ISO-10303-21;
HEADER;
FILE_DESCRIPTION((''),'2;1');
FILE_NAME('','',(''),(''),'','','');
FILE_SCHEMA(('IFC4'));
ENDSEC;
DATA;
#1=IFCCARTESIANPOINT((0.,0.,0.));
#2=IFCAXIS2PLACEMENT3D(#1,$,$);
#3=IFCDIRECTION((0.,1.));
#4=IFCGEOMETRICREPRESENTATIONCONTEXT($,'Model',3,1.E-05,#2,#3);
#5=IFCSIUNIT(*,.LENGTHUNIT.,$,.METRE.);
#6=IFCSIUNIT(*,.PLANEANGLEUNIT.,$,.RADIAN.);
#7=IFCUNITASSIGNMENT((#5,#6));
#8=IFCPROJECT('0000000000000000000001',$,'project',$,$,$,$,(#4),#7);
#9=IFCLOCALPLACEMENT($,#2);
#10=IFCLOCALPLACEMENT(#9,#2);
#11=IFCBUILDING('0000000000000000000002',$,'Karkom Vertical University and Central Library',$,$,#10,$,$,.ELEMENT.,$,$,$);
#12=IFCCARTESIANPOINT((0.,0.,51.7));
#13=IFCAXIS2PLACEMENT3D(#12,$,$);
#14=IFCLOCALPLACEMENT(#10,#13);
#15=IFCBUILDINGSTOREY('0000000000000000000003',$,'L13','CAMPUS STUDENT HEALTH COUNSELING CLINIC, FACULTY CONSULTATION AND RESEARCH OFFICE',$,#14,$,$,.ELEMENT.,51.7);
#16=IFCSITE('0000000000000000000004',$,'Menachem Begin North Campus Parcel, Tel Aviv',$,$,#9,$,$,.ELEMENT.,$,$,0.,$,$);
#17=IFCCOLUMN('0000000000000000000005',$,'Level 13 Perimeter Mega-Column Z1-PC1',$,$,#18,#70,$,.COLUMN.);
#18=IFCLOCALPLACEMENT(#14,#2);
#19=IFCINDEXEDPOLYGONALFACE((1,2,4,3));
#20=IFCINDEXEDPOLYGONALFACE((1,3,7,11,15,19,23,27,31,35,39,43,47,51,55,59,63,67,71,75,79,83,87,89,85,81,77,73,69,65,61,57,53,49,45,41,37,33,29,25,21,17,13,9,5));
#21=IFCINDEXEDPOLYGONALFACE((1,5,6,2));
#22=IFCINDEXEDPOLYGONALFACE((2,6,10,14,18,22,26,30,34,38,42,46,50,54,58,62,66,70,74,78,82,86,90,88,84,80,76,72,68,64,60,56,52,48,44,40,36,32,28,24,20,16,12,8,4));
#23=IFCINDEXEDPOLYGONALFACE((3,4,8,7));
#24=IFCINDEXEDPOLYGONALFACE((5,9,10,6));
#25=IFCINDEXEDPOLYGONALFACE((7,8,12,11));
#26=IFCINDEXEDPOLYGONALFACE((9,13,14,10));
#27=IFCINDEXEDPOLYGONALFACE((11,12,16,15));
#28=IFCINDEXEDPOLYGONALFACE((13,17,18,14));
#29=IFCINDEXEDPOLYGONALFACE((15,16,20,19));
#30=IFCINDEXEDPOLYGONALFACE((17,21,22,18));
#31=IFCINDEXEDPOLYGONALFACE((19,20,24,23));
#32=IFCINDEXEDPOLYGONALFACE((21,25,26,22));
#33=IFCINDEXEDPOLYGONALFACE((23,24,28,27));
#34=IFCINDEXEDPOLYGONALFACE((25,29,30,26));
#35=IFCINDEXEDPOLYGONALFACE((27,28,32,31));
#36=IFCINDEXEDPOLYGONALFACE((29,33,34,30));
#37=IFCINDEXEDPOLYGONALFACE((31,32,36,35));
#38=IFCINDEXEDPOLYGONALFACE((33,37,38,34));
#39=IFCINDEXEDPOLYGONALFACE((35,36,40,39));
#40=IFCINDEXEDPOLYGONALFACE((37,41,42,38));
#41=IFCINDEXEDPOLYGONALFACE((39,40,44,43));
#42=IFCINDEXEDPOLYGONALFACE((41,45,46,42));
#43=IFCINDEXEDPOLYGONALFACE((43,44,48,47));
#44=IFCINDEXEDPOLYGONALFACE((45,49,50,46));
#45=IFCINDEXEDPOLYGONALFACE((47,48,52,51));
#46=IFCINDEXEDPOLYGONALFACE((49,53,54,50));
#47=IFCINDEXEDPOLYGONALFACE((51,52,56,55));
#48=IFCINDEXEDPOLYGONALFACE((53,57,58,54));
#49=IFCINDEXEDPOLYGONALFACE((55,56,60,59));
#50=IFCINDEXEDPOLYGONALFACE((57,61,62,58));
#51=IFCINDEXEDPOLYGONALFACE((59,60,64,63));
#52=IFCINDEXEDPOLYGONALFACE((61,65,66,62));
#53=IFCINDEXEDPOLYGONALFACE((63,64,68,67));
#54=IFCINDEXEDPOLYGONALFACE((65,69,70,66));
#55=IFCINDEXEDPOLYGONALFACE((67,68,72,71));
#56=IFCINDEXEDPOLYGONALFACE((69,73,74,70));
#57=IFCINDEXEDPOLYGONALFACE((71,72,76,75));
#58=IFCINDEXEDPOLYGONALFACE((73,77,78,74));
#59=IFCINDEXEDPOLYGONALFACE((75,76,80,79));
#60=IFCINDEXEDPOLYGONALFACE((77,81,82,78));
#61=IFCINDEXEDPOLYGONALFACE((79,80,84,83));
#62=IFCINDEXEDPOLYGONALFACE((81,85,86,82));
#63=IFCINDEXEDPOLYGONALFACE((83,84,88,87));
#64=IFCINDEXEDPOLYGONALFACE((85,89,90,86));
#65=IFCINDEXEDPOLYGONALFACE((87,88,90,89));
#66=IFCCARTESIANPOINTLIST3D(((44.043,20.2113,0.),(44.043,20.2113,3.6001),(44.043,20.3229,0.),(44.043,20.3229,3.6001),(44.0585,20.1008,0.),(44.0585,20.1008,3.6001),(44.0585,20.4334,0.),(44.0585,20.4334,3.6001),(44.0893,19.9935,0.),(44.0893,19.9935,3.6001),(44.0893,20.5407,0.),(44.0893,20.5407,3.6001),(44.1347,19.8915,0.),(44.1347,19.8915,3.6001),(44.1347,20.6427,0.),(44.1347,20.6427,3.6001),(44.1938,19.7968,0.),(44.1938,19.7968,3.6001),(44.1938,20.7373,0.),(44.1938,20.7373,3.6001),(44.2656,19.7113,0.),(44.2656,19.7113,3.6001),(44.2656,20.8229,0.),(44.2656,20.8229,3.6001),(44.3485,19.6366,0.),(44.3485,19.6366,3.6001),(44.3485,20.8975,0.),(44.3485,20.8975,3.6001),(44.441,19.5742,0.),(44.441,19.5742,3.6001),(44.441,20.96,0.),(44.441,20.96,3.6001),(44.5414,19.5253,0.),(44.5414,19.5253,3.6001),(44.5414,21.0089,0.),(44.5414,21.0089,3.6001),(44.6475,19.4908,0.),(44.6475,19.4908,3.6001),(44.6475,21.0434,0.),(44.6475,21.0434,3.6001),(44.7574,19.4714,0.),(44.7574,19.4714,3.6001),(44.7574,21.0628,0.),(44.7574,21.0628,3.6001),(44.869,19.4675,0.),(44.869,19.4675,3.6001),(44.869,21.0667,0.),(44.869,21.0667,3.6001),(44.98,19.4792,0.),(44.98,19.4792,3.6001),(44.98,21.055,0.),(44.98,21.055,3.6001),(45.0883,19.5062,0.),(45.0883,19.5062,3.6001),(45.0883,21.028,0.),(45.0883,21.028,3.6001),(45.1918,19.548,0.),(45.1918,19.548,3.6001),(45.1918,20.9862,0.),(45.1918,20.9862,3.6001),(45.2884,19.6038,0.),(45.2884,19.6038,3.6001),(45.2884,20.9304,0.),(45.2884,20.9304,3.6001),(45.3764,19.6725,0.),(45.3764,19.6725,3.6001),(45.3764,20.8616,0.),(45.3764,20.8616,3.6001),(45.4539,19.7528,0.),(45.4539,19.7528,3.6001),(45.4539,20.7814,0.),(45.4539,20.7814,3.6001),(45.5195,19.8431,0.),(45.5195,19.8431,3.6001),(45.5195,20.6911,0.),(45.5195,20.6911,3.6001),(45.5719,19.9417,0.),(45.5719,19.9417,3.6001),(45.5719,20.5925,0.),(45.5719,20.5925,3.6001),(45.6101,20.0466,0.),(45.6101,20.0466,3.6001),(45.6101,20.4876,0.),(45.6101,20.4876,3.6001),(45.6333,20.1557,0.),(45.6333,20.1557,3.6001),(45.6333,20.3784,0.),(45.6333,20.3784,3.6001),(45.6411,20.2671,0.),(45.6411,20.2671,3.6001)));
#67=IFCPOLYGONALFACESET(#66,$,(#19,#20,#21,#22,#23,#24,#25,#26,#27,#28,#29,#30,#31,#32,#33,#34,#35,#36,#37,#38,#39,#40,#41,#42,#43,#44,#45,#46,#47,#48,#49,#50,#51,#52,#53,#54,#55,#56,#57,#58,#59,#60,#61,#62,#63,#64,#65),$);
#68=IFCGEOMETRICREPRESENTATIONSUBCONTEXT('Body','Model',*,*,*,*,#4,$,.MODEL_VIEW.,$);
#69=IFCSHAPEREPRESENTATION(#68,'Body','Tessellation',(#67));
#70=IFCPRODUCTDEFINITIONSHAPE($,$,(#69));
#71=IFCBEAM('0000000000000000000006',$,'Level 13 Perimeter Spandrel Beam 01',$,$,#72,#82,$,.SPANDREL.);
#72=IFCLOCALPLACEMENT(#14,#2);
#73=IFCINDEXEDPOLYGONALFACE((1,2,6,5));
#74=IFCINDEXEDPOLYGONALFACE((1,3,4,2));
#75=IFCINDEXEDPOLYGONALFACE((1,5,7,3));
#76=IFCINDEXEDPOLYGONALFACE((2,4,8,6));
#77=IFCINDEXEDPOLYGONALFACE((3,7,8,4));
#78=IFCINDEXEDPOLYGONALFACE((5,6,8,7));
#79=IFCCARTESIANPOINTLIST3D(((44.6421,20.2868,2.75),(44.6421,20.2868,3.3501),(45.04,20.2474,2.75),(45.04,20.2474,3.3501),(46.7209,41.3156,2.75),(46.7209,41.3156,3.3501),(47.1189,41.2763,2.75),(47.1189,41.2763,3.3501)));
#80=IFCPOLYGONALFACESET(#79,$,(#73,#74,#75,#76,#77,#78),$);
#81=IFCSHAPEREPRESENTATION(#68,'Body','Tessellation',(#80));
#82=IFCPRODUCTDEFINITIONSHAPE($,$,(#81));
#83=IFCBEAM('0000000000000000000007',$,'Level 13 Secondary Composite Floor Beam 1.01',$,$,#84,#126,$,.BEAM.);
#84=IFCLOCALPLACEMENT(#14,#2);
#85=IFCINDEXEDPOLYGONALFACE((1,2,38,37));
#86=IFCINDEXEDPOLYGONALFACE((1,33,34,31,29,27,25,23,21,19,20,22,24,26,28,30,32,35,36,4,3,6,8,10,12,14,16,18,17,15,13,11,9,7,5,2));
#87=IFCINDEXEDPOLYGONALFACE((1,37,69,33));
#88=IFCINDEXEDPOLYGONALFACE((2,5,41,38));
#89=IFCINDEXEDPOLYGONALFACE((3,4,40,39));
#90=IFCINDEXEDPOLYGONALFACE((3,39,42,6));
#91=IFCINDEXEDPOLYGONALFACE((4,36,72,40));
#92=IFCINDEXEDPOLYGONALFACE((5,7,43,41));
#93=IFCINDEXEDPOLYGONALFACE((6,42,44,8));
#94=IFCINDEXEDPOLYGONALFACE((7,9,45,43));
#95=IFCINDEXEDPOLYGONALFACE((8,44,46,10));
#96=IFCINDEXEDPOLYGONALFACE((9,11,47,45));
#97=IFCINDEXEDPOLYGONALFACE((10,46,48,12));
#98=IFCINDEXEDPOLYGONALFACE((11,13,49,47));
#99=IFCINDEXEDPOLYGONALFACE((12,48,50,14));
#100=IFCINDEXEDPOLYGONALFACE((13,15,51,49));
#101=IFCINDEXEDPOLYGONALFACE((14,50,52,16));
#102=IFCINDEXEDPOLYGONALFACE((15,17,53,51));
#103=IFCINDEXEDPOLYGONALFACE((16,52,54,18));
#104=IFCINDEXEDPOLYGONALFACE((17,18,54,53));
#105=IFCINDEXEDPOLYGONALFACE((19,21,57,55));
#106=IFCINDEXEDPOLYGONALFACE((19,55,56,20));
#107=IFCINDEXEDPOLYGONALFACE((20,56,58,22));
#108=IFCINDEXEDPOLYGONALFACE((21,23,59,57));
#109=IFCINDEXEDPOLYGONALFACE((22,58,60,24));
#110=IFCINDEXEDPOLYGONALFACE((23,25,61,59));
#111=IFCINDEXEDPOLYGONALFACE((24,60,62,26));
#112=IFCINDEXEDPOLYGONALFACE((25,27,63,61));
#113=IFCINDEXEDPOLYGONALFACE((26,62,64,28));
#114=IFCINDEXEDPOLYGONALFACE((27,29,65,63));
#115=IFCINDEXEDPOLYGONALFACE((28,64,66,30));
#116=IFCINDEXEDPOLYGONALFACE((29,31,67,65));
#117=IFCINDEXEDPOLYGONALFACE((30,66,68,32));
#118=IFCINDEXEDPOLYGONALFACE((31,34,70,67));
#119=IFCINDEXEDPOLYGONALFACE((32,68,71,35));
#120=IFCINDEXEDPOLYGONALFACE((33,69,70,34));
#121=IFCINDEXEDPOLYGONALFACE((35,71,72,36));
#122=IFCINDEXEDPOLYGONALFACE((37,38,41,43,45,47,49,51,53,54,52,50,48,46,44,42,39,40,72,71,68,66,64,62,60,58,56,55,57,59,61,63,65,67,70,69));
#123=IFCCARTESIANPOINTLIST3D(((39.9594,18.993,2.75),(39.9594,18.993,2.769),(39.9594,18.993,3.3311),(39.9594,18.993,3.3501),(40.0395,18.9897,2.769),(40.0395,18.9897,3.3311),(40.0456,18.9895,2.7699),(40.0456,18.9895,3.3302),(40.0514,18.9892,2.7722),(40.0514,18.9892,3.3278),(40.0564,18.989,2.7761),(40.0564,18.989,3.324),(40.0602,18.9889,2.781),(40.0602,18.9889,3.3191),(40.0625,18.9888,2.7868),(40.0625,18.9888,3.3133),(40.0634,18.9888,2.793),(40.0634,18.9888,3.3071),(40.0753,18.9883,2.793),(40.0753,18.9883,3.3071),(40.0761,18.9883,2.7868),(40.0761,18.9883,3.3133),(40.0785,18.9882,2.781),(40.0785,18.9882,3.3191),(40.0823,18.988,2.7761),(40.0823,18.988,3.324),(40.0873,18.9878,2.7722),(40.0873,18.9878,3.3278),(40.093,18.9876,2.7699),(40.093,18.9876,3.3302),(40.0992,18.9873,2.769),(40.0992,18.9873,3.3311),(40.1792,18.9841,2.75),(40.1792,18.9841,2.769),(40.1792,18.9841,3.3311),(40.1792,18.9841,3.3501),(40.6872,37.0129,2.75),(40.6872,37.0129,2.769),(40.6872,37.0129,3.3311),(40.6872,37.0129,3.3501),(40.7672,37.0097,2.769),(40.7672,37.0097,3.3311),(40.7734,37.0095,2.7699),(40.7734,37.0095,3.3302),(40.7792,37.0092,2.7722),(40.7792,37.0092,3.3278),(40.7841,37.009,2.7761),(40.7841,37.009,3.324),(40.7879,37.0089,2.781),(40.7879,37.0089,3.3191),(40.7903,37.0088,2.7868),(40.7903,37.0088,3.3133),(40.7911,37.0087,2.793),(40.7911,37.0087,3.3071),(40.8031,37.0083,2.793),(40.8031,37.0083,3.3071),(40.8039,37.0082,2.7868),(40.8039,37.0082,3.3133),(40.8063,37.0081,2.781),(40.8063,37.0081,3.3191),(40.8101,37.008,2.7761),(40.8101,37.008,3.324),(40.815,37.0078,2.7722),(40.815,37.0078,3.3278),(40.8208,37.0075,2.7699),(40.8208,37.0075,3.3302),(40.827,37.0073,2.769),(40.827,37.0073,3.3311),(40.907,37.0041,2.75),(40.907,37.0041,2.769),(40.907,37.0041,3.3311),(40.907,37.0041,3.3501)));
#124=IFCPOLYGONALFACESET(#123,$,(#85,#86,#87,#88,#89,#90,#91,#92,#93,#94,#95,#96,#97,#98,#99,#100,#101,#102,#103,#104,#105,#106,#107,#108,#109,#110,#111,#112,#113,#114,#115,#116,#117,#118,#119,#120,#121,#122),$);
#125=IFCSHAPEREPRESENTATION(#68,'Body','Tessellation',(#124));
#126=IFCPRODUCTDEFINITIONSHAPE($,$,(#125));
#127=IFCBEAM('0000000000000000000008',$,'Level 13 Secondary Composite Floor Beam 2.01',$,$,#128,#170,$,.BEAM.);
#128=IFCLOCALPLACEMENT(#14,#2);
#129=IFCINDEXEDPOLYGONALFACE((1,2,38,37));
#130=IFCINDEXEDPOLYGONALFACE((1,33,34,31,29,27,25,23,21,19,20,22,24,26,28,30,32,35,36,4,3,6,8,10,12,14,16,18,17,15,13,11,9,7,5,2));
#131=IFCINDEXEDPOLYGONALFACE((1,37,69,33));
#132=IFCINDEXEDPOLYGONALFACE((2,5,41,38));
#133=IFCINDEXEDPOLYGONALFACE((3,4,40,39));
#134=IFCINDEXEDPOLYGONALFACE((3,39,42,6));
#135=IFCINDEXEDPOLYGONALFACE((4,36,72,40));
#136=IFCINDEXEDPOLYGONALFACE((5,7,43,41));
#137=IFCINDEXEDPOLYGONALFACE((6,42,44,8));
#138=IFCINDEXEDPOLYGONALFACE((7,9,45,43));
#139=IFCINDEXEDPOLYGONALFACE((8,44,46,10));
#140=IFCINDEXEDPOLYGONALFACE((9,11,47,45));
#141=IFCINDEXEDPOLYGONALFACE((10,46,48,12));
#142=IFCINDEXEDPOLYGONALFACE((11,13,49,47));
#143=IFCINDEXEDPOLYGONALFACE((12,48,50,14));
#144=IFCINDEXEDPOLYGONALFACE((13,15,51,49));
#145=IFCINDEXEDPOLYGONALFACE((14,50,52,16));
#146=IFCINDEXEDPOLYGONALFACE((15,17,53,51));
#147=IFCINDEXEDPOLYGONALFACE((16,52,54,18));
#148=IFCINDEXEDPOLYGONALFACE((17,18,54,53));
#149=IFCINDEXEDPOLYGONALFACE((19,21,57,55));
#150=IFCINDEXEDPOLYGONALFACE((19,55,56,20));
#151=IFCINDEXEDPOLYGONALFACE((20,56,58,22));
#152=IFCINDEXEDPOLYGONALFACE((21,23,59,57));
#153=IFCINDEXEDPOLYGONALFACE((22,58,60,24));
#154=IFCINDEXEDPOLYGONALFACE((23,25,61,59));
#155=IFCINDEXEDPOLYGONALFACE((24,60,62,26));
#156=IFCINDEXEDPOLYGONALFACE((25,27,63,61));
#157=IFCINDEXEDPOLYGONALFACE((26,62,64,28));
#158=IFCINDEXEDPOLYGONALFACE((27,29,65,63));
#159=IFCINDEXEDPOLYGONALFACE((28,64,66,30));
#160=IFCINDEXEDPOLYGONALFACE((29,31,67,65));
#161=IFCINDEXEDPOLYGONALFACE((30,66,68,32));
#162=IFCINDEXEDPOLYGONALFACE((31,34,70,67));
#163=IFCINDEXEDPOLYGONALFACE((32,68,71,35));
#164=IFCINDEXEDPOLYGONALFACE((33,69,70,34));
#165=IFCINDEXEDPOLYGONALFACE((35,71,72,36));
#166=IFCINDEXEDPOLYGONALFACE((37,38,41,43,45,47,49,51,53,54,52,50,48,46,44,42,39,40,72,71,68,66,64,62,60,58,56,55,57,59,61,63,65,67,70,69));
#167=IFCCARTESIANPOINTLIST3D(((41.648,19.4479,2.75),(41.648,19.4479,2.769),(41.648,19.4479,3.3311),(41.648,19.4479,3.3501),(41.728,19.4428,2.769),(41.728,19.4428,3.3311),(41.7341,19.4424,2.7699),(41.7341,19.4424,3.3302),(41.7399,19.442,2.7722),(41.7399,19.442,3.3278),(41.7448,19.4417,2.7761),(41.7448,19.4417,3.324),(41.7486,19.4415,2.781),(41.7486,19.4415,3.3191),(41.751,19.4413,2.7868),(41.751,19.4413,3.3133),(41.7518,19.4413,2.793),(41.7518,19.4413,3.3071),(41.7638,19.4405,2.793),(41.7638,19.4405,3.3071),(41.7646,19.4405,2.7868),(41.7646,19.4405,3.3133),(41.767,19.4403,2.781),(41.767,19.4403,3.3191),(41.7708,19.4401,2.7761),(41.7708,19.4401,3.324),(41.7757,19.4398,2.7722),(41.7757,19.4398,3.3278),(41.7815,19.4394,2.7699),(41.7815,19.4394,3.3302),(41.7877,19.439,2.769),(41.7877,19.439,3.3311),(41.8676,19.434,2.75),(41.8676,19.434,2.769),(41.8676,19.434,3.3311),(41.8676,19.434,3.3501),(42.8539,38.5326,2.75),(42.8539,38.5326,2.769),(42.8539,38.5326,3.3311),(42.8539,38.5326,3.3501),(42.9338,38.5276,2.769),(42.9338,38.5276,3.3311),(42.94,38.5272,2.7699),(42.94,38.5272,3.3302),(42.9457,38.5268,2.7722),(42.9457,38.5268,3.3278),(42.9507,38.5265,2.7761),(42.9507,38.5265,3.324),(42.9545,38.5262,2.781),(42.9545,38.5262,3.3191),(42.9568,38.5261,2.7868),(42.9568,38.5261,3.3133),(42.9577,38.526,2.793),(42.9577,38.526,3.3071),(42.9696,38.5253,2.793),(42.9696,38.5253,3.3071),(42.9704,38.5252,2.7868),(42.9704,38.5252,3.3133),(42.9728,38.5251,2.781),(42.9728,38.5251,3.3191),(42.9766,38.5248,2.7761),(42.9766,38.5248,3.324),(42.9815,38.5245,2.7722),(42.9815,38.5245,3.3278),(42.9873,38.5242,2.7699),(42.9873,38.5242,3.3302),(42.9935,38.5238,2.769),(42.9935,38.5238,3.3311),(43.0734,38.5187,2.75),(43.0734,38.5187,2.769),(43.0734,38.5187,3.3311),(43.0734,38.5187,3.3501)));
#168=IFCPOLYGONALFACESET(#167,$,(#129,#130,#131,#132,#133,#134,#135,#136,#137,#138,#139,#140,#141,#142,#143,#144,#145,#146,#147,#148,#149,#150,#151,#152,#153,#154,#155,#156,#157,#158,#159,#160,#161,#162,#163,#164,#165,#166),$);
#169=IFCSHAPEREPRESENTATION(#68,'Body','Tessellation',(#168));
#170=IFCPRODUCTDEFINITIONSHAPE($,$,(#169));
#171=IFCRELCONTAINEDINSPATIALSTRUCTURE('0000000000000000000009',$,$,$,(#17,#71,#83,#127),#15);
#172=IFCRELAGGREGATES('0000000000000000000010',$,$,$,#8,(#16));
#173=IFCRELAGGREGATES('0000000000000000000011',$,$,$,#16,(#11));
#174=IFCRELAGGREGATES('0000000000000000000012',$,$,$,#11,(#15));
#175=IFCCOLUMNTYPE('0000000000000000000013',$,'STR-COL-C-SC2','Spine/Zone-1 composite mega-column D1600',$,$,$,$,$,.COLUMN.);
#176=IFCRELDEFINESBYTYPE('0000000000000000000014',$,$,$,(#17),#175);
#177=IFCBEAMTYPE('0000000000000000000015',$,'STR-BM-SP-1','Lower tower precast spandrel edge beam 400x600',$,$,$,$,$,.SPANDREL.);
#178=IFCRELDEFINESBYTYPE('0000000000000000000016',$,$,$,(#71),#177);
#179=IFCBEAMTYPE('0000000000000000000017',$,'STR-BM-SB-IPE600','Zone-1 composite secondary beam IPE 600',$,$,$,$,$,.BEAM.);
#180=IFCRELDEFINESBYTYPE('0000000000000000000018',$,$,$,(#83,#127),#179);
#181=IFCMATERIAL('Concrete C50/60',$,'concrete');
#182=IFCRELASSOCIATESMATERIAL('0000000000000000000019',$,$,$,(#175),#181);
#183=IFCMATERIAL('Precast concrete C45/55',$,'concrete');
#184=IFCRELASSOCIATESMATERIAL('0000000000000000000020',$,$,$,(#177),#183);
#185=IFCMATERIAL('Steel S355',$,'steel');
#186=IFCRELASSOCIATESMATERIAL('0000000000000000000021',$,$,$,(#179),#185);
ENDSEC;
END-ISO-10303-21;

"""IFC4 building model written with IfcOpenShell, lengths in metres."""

from ifc_helpers import new_model, si_unit, direction, frame, origin, origin_with_axes, origin_2d, place, context, subcontext, project, spatial, rectangle, circle, i_section, extrude, source, transform, mapped, material, material_profile, profile_set, type_object, element, save


model = new_model("IFC4")

# Units and contexts
model_context = context("Model", 3, precision=1e-05, world=origin(), true_north=direction((0.0, 1.0)))
body_context = subcontext(model_context, "Body", "Model", "MODEL_VIEW")
ifc_project = project(units=[si_unit("LENGTHUNIT", "METRE"), si_unit("PLANEANGLEUNIT", "RADIAN")], contexts=[model_context])

# Site, building, storey
site_placement = place(None, origin())
site = spatial("IfcSite", under=ifc_project, at=site_placement, Name="Menachem Begin North Campus Parcel, Tel Aviv", CompositionType="ELEMENT", RefElevation=0.0)
building_placement = place(site_placement, origin())
building = spatial("IfcBuilding", under=site, at=building_placement, Name="Karkom Vertical University and Central Library", CompositionType="ELEMENT")
storey_placement = place(building_placement, frame((0.0, 0.0, 51.7)))
storey = spatial("IfcBuildingStorey", under=building, at=storey_placement, Name="L13", Description="CAMPUS STUDENT HEALTH COUNSELING CLINIC, FACULTY CONSULTATION AND RESEARCH OFFICE", CompositionType="ELEMENT", Elevation=51.7)

# Column
ifc_material_1 = material(Name="Concrete C50/60", Category="concrete")
ifc_material_profile_1 = material_profile(ifc_material_1, circle(Radius=0.8, at=origin_2d()), Name="CFT-D1600")
ifc_profile_set_1 = profile_set([ifc_material_profile_1], Name="Concrete C50/60")
column_type = type_object("IfcColumnType", Name="STR-COL-C-SC2", Description="Spine/Zone-1 composite mega-column D1600", PredefinedType="COLUMN", material=ifc_profile_set_1)
shared_shape_1 = source(origin_with_axes(), body_context, "Body", "SweptSolid", [
    extrude(circle(Radius=0.8, at=origin_2d()), origin(), (0.0, 0.0, 1.0), 3.6001),
])
column_placement = place(storey_placement, frame((44.8411, 20.2671, 0.0), z_axis=(0.0, 0.0, 1.0), x_axis=(1.0, 0.0, 0.0)))
element("IfcColumn", 1, at=column_placement, inside=storey, type_object=column_type, Name="Level 13 Perimeter Mega-Column Z1-PC1", PredefinedType="COLUMN", context=body_context, shape_type="MappedRepresentation", body=[
    mapped(shared_shape_1, transform((0.0, 0.0, 0.0), scale=1.0)),
])

# Beams
ifc_material_2 = material(Name="Precast concrete C45/55", Category="concrete")
ifc_material_profile_2 = material_profile(ifc_material_2, rectangle(XDim=0.3999, YDim=0.6001, at=origin_2d()), Name="SPB-400x600")
ifc_profile_set_2 = profile_set([ifc_material_profile_2], Name="Precast concrete C45/55")
beam_type_1 = type_object("IfcBeamType", Name="STR-BM-SP-1", Description="Lower tower precast spandrel edge beam 400x600", PredefinedType="SPANDREL", material=ifc_profile_set_2)
shared_shape_2 = source(origin_with_axes(), body_context, "Body", "SweptSolid", [
    extrude(rectangle(XDim=0.3999, YDim=0.6001, at=origin_2d()), origin(), (0.0, 0.0, 1.0), 21.1313),
])
beam_1_placement = place(storey_placement, frame((44.8411, 20.2671, 3.05), z_axis=(0.098378, 0.995149, 0.0), x_axis=(-0.995149, 0.098378, 0.0)))
element("IfcBeam", 2, at=beam_1_placement, inside=storey, type_object=beam_type_1, Name="Level 13 Perimeter Spandrel Beam 01", PredefinedType="SPANDREL", context=body_context, shape_type="MappedRepresentation", body=[
    mapped(shared_shape_2, transform((0.0, 0.0, 0.0), scale=1.0)),
])
ifc_material_3 = material(Name="Steel S355", Category="steel")
ifc_material_profile_3 = material_profile(ifc_material_3, i_section(OverallWidth=0.22, OverallDepth=0.6001, WebThickness=0.012, FlangeThickness=0.019, FilletRadius=0.0239, at=origin_2d()), Name="IPE 600")
ifc_profile_set_3 = profile_set([ifc_material_profile_3], Name="Steel S355")
beam_type_2 = type_object("IfcBeamType", Name="STR-BM-SB-IPE600", Description="Zone-1 composite secondary beam IPE 600", PredefinedType="BEAM", material=ifc_profile_set_3)
shared_shape_3 = source(origin_with_axes(), body_context, "Body", "SweptSolid", [
    extrude(i_section(OverallWidth=0.22, OverallDepth=0.6001, WebThickness=0.012, FlangeThickness=0.019, FilletRadius=0.0239, at=origin_2d()), origin(), (0.0, 0.0, 1.0), 18.0347),
])
beam_2_placement = place(storey_placement, frame((40.0693, 18.9885, 3.05), z_axis=(0.040355, 0.999185, 0.0), x_axis=(-0.999185, 0.040355, 0.0)))
element("IfcBeam", 3, at=beam_2_placement, inside=storey, type_object=beam_type_2, Name="Level 13 Secondary Composite Floor Beam 1.01", PredefinedType="BEAM", context=body_context, shape_type="MappedRepresentation", body=[
    mapped(shared_shape_3, transform((0.0, 0.0, 0.0), scale=1.0)),
])
shared_shape_4 = source(origin_with_axes(), body_context, "Body", "SweptSolid", [
    extrude(i_section(OverallWidth=0.22, OverallDepth=0.6001, WebThickness=0.012, FlangeThickness=0.019, FilletRadius=0.0239, at=origin_2d()), origin(), (0.0, 0.0, 1.0), 19.1228),
])
beam_3_placement = place(storey_placement, frame((41.7578, 19.4409, 3.05), z_axis=(0.063056, 0.99801, 0.0), x_axis=(-0.99801, 0.063056, 0.0)))
element("IfcBeam", 4, at=beam_3_placement, inside=storey, type_object=beam_type_2, Name="Level 13 Secondary Composite Floor Beam 2.01", PredefinedType="BEAM", context=body_context, shape_type="MappedRepresentation", body=[
    mapped(shared_shape_4, transform((0.0, 0.0, 0.0), scale=1.0)),
])

save(model, "model.ifc")
